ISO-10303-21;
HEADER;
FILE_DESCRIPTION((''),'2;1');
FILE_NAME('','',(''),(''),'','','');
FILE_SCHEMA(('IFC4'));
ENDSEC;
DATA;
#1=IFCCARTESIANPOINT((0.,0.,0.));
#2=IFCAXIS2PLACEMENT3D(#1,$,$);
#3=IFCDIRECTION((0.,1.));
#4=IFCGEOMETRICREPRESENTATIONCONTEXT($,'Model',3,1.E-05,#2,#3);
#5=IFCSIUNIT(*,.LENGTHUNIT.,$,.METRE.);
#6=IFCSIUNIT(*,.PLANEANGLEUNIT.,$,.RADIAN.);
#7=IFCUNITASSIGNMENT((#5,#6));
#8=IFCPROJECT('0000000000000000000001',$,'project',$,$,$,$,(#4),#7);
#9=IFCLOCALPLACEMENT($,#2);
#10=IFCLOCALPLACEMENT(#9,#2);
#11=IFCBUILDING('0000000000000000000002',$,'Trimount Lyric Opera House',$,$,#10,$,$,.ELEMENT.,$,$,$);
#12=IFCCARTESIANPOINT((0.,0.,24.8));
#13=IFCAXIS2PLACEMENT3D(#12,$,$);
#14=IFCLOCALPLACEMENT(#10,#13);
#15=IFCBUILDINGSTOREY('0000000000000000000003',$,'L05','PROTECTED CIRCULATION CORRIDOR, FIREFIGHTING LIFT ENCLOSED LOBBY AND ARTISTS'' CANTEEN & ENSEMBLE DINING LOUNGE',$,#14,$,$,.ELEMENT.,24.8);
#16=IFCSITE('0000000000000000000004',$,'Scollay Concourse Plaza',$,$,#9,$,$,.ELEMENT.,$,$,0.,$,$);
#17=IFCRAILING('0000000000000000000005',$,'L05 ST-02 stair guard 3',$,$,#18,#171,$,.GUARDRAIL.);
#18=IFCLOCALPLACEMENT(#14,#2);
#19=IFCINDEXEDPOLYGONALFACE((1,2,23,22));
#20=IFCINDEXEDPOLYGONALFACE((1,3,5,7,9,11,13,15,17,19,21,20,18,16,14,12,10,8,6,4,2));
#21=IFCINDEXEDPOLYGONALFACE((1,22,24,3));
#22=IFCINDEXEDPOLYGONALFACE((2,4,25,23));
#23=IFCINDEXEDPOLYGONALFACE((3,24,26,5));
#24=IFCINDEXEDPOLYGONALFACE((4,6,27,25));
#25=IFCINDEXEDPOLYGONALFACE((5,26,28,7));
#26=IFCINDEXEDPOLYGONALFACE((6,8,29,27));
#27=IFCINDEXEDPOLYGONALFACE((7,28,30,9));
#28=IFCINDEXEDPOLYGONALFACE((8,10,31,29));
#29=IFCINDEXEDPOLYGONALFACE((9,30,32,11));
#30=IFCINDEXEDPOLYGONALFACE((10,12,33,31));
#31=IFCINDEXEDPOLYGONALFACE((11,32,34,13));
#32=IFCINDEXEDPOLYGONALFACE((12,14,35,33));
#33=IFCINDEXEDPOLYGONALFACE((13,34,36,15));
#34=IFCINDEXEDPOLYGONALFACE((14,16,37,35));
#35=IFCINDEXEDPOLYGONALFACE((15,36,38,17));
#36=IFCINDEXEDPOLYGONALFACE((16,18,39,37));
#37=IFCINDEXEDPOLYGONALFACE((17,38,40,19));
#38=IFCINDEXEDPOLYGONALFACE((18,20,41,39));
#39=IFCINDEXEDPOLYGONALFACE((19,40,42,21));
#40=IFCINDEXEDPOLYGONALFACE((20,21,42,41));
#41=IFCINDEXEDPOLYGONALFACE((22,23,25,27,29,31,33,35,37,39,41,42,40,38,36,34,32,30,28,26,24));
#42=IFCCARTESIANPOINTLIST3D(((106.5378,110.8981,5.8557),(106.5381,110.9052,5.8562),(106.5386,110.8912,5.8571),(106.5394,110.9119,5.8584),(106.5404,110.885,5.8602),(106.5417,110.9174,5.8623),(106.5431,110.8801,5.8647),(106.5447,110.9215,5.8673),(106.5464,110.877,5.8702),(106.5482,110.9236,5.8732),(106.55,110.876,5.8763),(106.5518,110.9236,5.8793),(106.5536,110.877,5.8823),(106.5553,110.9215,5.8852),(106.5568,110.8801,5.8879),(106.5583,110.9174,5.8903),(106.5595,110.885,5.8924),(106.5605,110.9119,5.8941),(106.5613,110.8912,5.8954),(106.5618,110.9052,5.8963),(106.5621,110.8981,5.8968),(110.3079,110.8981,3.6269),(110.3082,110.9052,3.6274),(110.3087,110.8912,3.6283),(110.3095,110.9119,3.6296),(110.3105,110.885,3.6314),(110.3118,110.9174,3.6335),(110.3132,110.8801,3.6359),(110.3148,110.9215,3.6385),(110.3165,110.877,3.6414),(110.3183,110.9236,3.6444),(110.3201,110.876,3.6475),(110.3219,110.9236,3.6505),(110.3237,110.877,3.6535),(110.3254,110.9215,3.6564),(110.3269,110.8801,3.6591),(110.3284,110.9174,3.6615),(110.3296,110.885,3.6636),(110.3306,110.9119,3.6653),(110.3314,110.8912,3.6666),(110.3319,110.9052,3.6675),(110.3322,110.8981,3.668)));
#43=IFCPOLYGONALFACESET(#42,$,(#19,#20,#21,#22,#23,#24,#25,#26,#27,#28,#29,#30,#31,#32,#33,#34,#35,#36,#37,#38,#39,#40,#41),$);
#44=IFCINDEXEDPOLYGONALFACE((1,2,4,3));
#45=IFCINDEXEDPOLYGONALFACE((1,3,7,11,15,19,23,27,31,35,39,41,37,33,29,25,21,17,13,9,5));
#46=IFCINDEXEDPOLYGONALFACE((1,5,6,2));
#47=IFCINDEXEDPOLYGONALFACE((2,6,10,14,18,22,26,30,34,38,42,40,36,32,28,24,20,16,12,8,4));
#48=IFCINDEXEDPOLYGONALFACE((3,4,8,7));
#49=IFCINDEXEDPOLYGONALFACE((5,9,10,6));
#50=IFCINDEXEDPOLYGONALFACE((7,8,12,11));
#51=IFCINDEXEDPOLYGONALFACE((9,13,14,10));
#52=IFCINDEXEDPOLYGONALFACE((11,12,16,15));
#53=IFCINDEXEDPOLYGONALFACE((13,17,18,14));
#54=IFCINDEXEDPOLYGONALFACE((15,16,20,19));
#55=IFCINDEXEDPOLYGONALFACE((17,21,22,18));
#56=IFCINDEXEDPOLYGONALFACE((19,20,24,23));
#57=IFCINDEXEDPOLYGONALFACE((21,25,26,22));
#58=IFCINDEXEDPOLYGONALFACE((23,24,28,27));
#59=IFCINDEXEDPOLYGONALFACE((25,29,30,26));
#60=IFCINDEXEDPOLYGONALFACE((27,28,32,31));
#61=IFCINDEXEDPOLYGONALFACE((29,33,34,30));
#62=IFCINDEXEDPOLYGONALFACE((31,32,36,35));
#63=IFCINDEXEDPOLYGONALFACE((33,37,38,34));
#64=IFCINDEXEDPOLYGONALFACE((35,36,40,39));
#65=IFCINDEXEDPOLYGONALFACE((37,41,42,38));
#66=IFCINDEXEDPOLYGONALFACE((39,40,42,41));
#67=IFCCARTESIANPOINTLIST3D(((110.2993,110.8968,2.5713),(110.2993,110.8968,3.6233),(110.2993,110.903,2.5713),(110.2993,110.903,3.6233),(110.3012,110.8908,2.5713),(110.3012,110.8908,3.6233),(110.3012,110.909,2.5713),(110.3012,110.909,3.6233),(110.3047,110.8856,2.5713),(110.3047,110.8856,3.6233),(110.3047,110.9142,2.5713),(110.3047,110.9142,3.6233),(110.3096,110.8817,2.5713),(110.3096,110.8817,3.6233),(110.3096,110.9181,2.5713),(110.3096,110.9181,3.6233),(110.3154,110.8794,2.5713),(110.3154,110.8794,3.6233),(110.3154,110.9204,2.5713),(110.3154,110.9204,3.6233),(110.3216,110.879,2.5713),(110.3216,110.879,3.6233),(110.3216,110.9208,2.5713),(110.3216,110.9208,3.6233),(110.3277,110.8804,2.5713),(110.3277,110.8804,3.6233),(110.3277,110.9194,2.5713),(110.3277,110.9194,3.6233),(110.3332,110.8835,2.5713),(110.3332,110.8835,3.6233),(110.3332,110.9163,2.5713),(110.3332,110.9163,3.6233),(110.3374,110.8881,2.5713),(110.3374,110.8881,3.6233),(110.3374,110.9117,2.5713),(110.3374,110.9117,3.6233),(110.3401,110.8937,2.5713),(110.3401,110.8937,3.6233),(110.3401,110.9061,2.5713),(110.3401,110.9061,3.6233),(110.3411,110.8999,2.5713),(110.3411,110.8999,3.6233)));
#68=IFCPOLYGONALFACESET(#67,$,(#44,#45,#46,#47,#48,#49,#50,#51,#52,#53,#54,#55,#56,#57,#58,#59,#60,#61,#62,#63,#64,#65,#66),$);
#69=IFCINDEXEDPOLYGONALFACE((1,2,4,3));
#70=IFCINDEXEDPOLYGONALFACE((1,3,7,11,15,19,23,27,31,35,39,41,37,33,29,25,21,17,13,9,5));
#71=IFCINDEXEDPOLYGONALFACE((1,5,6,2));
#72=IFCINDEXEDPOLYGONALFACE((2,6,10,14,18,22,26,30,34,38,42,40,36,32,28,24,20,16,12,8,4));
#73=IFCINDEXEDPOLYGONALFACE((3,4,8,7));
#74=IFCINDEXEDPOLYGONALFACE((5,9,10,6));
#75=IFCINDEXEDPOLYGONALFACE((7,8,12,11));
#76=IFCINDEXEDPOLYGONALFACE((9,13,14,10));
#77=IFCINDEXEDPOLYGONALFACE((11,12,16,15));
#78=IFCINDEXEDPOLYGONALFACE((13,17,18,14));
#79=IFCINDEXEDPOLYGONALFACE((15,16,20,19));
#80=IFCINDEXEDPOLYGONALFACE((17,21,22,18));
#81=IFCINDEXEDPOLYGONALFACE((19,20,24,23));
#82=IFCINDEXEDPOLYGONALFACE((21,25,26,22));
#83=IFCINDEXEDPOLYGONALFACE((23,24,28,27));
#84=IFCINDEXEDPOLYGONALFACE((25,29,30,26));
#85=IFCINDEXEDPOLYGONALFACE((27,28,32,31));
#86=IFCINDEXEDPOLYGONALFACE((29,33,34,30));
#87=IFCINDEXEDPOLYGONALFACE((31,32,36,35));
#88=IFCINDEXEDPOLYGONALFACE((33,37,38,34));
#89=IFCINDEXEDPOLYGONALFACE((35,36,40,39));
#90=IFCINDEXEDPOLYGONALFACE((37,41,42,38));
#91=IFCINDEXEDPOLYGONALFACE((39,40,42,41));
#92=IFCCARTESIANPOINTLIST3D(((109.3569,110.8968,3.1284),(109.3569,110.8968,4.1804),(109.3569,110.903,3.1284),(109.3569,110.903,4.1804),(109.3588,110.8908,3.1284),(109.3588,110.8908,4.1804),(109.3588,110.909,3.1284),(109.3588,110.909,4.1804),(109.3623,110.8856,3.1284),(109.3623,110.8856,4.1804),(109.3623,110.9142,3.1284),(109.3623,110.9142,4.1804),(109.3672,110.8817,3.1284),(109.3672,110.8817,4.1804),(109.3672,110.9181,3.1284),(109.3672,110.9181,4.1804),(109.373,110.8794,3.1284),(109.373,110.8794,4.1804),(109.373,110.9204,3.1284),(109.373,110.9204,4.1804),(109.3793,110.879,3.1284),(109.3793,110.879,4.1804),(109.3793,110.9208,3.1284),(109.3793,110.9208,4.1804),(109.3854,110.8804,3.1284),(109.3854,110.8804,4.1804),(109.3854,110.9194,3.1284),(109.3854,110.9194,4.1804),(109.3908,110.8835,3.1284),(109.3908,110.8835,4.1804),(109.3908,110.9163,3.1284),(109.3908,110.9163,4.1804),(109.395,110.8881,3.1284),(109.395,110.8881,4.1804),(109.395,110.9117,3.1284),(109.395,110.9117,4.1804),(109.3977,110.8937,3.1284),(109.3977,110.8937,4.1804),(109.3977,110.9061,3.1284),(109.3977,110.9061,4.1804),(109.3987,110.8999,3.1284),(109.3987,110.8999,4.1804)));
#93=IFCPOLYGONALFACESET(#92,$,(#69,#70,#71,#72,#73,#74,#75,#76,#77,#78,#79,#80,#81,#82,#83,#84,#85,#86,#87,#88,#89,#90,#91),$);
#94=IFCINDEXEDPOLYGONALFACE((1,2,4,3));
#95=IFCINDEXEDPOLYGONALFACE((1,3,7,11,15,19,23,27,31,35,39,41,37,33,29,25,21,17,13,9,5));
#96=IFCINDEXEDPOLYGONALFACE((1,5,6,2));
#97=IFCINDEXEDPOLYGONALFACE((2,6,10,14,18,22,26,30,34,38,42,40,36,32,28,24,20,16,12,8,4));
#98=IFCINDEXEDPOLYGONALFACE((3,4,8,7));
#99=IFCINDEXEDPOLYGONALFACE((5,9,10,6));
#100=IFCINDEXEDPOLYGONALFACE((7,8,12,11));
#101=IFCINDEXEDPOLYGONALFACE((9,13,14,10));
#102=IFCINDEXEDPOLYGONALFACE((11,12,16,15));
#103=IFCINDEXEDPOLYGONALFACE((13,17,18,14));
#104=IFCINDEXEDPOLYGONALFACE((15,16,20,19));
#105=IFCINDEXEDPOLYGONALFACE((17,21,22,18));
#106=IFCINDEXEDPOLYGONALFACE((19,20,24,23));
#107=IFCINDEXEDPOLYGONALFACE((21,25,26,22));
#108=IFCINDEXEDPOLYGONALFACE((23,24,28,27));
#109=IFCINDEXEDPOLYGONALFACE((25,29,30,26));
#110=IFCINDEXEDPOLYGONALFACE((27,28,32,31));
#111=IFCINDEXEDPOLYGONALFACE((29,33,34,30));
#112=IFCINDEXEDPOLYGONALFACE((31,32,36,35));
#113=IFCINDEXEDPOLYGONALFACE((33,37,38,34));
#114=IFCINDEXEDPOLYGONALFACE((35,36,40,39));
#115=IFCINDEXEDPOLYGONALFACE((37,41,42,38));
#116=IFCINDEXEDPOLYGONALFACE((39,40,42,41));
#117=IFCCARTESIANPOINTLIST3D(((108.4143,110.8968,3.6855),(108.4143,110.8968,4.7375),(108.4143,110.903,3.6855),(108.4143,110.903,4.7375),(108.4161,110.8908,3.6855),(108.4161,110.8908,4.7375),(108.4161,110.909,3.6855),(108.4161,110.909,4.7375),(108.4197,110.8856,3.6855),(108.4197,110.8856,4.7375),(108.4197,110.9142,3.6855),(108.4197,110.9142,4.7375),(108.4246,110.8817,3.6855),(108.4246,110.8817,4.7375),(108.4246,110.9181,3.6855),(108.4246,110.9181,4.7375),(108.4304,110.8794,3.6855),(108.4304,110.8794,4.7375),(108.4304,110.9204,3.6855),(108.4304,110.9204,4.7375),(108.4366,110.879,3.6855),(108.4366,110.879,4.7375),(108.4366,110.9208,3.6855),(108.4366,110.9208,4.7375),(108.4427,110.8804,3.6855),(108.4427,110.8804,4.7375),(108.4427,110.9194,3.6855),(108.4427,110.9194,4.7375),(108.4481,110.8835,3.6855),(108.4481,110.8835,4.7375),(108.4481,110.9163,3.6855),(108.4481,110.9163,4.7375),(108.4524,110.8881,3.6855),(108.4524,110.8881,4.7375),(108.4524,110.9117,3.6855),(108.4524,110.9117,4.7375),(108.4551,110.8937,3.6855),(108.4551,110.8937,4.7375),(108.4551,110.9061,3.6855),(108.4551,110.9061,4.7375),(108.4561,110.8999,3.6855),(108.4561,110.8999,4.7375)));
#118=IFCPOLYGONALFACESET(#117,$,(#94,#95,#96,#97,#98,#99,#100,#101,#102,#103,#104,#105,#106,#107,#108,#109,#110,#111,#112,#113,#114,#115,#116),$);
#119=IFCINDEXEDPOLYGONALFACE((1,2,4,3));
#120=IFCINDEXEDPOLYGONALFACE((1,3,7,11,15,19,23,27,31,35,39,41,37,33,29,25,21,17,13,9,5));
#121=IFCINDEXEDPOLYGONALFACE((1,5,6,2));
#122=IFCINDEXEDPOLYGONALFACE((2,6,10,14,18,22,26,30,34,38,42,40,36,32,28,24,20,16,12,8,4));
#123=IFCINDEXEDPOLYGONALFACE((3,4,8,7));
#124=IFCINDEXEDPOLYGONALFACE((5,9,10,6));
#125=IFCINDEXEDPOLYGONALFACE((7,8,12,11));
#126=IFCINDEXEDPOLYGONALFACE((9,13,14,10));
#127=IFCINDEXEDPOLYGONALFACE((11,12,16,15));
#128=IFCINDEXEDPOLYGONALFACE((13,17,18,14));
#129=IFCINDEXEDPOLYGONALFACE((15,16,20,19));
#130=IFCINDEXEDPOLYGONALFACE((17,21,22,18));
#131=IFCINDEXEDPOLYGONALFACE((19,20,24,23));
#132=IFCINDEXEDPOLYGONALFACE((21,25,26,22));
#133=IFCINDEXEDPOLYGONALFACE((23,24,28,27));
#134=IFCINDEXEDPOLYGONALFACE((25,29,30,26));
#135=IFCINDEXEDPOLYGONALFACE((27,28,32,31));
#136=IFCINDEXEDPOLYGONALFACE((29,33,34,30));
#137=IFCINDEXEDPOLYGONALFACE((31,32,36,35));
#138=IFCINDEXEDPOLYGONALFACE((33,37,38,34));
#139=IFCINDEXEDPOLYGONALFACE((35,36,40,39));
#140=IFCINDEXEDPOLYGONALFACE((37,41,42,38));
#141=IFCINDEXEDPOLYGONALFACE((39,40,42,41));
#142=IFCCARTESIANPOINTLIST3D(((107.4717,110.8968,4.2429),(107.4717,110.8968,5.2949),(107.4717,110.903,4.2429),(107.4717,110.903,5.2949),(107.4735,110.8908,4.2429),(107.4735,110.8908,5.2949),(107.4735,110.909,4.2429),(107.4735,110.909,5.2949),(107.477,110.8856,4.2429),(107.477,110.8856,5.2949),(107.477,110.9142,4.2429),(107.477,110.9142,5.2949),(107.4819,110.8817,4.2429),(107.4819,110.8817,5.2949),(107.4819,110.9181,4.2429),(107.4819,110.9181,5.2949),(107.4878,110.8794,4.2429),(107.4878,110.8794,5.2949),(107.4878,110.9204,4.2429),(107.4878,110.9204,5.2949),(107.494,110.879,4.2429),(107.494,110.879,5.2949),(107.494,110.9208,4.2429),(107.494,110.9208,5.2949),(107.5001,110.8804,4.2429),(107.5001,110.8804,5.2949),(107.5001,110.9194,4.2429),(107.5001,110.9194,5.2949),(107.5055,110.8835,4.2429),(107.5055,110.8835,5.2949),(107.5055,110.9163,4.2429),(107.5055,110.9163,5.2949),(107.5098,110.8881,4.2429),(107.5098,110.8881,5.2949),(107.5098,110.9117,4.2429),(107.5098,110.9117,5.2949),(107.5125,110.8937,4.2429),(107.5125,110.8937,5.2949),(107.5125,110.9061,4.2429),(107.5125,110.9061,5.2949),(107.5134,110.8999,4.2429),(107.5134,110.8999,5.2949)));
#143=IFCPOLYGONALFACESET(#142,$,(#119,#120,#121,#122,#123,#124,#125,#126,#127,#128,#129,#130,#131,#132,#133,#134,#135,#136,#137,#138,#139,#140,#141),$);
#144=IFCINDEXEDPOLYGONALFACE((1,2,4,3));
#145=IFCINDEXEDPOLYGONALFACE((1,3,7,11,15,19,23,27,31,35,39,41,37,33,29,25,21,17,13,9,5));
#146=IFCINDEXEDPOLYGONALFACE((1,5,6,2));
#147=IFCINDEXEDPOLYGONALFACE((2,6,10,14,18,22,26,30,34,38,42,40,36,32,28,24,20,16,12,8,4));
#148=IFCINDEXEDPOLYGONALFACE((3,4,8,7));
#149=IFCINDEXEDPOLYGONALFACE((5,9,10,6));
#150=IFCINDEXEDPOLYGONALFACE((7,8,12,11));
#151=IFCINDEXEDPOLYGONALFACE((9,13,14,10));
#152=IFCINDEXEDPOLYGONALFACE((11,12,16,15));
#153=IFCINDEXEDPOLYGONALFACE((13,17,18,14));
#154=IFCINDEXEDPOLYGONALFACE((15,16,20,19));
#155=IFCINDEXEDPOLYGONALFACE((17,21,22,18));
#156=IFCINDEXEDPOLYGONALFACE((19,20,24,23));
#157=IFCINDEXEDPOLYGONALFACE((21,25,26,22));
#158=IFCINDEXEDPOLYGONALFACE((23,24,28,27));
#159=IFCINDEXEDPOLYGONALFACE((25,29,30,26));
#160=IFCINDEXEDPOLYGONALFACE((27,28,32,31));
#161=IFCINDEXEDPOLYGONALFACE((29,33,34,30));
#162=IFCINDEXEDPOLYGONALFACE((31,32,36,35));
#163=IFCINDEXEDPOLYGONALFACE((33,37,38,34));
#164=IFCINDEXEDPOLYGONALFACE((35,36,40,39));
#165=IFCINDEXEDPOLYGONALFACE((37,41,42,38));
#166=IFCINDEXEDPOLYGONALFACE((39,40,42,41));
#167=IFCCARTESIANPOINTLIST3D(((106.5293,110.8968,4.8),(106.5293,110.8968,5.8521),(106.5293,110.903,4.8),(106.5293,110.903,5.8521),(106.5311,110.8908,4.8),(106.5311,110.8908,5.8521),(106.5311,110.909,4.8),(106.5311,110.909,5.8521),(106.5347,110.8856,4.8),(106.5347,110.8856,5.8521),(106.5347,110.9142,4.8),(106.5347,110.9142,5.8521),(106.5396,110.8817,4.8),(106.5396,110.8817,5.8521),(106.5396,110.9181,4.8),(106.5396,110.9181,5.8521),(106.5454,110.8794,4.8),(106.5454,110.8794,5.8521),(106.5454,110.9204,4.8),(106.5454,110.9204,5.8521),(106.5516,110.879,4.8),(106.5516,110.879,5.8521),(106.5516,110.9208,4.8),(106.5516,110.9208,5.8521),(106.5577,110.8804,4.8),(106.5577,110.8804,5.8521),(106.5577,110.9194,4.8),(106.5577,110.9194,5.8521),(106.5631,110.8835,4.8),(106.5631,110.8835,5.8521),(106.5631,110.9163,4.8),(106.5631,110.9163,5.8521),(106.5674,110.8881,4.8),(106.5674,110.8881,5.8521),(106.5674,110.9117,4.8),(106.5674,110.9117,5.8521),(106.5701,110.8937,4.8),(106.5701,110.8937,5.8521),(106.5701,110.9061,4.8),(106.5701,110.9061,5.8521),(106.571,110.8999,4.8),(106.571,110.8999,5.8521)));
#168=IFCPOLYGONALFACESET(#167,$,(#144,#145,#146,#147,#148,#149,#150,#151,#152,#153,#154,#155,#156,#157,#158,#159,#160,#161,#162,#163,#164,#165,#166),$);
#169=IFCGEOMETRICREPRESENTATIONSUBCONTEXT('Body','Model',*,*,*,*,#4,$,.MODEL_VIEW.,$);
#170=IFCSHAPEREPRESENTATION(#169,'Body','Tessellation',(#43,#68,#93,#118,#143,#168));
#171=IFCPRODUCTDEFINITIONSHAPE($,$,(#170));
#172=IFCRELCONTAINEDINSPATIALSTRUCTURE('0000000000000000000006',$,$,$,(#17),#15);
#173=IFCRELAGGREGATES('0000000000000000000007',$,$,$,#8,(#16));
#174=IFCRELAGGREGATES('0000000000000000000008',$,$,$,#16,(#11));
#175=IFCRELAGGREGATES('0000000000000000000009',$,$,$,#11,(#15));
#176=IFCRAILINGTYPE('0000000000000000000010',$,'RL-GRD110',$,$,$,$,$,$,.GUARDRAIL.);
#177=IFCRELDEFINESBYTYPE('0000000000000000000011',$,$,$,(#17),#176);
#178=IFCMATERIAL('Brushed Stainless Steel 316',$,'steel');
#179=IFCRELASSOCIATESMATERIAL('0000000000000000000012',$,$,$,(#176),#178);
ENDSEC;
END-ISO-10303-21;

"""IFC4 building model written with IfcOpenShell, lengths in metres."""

from ifc_helpers import new_model, si_unit, direction, frame, origin, origin_2d, place, context, subcontext, project, spatial, circle, extrude, material, type_object, element, save


model = new_model("IFC4")

# Units and contexts
model_context = context("Model", 3, precision=1e-05, world=origin(), true_north=direction((0.0, 1.0)))
body_context = subcontext(model_context, "Body", "Model", "MODEL_VIEW")
ifc_project = project(units=[si_unit("LENGTHUNIT", "METRE"), si_unit("PLANEANGLEUNIT", "RADIAN")], contexts=[model_context])

# Site, building, storey
site_placement = place(None, origin())
site = spatial("IfcSite", under=ifc_project, at=site_placement, Name="Scollay Concourse Plaza", CompositionType="ELEMENT", RefElevation=0.0)
building_placement = place(site_placement, origin())
building = spatial("IfcBuilding", under=site, at=building_placement, Name="Trimount Lyric Opera House", CompositionType="ELEMENT")
storey_placement = place(building_placement, frame((0.0, 0.0, 24.8)))
storey = spatial("IfcBuildingStorey", under=building, at=storey_placement, Name="L05", Description="PROTECTED CIRCULATION CORRIDOR, FIREFIGHTING LIFT ENCLOSED LOBBY AND ARTISTS' CANTEEN & ENSEMBLE DINING LOUNGE", CompositionType="ELEMENT", Elevation=24.8)

# Railing
ifc_material_1 = material(Name="Brushed Stainless Steel 316", Category="steel")
railing_type_1 = type_object("IfcRailingType", Name="RL-GRD110", PredefinedType="GUARDRAIL", material=ifc_material_1)
railing_1_placement = place(storey_placement, frame((110.3201, 110.8999, 2.5713)))
element("IfcRailing", 1, at=railing_1_placement, inside=storey, type_object=railing_type_1, Name="L05 ST-02 stair guard 3", PredefinedType="GUARDRAIL", context=body_context, shape_type="SweptSolid", body=[
    extrude(circle(Radius=0.0239, at=origin_2d()), frame((0.0, 0.0, 1.0762), z_axis=(-0.860824, 0.0, 0.508902), x_axis=(0.0, -1.0, 0.0)), (0.0, 0.0, 1.0), 4.3796),
    extrude(circle(Radius=0.021, at=origin_2d()), origin(), (0.0, 0.0, 1.0), 1.052),
    extrude(circle(Radius=0.021, at=origin_2d()), frame((-0.9424, 0.0, 0.5571)), (0.0, 0.0, 1.0), 1.052),
    extrude(circle(Radius=0.021, at=origin_2d()), frame((-1.885, 0.0, 1.1143)), (0.0, 0.0, 1.0), 1.052),
    extrude(circle(Radius=0.021, at=origin_2d()), frame((-2.8276, 0.0, 1.6716)), (0.0, 0.0, 1.0), 1.052),
    extrude(circle(Radius=0.021, at=origin_2d()), frame((-3.77, 0.0, 2.2288)), (0.0, 0.0, 1.0), 1.052),
])

save(model, "model.ifc")
